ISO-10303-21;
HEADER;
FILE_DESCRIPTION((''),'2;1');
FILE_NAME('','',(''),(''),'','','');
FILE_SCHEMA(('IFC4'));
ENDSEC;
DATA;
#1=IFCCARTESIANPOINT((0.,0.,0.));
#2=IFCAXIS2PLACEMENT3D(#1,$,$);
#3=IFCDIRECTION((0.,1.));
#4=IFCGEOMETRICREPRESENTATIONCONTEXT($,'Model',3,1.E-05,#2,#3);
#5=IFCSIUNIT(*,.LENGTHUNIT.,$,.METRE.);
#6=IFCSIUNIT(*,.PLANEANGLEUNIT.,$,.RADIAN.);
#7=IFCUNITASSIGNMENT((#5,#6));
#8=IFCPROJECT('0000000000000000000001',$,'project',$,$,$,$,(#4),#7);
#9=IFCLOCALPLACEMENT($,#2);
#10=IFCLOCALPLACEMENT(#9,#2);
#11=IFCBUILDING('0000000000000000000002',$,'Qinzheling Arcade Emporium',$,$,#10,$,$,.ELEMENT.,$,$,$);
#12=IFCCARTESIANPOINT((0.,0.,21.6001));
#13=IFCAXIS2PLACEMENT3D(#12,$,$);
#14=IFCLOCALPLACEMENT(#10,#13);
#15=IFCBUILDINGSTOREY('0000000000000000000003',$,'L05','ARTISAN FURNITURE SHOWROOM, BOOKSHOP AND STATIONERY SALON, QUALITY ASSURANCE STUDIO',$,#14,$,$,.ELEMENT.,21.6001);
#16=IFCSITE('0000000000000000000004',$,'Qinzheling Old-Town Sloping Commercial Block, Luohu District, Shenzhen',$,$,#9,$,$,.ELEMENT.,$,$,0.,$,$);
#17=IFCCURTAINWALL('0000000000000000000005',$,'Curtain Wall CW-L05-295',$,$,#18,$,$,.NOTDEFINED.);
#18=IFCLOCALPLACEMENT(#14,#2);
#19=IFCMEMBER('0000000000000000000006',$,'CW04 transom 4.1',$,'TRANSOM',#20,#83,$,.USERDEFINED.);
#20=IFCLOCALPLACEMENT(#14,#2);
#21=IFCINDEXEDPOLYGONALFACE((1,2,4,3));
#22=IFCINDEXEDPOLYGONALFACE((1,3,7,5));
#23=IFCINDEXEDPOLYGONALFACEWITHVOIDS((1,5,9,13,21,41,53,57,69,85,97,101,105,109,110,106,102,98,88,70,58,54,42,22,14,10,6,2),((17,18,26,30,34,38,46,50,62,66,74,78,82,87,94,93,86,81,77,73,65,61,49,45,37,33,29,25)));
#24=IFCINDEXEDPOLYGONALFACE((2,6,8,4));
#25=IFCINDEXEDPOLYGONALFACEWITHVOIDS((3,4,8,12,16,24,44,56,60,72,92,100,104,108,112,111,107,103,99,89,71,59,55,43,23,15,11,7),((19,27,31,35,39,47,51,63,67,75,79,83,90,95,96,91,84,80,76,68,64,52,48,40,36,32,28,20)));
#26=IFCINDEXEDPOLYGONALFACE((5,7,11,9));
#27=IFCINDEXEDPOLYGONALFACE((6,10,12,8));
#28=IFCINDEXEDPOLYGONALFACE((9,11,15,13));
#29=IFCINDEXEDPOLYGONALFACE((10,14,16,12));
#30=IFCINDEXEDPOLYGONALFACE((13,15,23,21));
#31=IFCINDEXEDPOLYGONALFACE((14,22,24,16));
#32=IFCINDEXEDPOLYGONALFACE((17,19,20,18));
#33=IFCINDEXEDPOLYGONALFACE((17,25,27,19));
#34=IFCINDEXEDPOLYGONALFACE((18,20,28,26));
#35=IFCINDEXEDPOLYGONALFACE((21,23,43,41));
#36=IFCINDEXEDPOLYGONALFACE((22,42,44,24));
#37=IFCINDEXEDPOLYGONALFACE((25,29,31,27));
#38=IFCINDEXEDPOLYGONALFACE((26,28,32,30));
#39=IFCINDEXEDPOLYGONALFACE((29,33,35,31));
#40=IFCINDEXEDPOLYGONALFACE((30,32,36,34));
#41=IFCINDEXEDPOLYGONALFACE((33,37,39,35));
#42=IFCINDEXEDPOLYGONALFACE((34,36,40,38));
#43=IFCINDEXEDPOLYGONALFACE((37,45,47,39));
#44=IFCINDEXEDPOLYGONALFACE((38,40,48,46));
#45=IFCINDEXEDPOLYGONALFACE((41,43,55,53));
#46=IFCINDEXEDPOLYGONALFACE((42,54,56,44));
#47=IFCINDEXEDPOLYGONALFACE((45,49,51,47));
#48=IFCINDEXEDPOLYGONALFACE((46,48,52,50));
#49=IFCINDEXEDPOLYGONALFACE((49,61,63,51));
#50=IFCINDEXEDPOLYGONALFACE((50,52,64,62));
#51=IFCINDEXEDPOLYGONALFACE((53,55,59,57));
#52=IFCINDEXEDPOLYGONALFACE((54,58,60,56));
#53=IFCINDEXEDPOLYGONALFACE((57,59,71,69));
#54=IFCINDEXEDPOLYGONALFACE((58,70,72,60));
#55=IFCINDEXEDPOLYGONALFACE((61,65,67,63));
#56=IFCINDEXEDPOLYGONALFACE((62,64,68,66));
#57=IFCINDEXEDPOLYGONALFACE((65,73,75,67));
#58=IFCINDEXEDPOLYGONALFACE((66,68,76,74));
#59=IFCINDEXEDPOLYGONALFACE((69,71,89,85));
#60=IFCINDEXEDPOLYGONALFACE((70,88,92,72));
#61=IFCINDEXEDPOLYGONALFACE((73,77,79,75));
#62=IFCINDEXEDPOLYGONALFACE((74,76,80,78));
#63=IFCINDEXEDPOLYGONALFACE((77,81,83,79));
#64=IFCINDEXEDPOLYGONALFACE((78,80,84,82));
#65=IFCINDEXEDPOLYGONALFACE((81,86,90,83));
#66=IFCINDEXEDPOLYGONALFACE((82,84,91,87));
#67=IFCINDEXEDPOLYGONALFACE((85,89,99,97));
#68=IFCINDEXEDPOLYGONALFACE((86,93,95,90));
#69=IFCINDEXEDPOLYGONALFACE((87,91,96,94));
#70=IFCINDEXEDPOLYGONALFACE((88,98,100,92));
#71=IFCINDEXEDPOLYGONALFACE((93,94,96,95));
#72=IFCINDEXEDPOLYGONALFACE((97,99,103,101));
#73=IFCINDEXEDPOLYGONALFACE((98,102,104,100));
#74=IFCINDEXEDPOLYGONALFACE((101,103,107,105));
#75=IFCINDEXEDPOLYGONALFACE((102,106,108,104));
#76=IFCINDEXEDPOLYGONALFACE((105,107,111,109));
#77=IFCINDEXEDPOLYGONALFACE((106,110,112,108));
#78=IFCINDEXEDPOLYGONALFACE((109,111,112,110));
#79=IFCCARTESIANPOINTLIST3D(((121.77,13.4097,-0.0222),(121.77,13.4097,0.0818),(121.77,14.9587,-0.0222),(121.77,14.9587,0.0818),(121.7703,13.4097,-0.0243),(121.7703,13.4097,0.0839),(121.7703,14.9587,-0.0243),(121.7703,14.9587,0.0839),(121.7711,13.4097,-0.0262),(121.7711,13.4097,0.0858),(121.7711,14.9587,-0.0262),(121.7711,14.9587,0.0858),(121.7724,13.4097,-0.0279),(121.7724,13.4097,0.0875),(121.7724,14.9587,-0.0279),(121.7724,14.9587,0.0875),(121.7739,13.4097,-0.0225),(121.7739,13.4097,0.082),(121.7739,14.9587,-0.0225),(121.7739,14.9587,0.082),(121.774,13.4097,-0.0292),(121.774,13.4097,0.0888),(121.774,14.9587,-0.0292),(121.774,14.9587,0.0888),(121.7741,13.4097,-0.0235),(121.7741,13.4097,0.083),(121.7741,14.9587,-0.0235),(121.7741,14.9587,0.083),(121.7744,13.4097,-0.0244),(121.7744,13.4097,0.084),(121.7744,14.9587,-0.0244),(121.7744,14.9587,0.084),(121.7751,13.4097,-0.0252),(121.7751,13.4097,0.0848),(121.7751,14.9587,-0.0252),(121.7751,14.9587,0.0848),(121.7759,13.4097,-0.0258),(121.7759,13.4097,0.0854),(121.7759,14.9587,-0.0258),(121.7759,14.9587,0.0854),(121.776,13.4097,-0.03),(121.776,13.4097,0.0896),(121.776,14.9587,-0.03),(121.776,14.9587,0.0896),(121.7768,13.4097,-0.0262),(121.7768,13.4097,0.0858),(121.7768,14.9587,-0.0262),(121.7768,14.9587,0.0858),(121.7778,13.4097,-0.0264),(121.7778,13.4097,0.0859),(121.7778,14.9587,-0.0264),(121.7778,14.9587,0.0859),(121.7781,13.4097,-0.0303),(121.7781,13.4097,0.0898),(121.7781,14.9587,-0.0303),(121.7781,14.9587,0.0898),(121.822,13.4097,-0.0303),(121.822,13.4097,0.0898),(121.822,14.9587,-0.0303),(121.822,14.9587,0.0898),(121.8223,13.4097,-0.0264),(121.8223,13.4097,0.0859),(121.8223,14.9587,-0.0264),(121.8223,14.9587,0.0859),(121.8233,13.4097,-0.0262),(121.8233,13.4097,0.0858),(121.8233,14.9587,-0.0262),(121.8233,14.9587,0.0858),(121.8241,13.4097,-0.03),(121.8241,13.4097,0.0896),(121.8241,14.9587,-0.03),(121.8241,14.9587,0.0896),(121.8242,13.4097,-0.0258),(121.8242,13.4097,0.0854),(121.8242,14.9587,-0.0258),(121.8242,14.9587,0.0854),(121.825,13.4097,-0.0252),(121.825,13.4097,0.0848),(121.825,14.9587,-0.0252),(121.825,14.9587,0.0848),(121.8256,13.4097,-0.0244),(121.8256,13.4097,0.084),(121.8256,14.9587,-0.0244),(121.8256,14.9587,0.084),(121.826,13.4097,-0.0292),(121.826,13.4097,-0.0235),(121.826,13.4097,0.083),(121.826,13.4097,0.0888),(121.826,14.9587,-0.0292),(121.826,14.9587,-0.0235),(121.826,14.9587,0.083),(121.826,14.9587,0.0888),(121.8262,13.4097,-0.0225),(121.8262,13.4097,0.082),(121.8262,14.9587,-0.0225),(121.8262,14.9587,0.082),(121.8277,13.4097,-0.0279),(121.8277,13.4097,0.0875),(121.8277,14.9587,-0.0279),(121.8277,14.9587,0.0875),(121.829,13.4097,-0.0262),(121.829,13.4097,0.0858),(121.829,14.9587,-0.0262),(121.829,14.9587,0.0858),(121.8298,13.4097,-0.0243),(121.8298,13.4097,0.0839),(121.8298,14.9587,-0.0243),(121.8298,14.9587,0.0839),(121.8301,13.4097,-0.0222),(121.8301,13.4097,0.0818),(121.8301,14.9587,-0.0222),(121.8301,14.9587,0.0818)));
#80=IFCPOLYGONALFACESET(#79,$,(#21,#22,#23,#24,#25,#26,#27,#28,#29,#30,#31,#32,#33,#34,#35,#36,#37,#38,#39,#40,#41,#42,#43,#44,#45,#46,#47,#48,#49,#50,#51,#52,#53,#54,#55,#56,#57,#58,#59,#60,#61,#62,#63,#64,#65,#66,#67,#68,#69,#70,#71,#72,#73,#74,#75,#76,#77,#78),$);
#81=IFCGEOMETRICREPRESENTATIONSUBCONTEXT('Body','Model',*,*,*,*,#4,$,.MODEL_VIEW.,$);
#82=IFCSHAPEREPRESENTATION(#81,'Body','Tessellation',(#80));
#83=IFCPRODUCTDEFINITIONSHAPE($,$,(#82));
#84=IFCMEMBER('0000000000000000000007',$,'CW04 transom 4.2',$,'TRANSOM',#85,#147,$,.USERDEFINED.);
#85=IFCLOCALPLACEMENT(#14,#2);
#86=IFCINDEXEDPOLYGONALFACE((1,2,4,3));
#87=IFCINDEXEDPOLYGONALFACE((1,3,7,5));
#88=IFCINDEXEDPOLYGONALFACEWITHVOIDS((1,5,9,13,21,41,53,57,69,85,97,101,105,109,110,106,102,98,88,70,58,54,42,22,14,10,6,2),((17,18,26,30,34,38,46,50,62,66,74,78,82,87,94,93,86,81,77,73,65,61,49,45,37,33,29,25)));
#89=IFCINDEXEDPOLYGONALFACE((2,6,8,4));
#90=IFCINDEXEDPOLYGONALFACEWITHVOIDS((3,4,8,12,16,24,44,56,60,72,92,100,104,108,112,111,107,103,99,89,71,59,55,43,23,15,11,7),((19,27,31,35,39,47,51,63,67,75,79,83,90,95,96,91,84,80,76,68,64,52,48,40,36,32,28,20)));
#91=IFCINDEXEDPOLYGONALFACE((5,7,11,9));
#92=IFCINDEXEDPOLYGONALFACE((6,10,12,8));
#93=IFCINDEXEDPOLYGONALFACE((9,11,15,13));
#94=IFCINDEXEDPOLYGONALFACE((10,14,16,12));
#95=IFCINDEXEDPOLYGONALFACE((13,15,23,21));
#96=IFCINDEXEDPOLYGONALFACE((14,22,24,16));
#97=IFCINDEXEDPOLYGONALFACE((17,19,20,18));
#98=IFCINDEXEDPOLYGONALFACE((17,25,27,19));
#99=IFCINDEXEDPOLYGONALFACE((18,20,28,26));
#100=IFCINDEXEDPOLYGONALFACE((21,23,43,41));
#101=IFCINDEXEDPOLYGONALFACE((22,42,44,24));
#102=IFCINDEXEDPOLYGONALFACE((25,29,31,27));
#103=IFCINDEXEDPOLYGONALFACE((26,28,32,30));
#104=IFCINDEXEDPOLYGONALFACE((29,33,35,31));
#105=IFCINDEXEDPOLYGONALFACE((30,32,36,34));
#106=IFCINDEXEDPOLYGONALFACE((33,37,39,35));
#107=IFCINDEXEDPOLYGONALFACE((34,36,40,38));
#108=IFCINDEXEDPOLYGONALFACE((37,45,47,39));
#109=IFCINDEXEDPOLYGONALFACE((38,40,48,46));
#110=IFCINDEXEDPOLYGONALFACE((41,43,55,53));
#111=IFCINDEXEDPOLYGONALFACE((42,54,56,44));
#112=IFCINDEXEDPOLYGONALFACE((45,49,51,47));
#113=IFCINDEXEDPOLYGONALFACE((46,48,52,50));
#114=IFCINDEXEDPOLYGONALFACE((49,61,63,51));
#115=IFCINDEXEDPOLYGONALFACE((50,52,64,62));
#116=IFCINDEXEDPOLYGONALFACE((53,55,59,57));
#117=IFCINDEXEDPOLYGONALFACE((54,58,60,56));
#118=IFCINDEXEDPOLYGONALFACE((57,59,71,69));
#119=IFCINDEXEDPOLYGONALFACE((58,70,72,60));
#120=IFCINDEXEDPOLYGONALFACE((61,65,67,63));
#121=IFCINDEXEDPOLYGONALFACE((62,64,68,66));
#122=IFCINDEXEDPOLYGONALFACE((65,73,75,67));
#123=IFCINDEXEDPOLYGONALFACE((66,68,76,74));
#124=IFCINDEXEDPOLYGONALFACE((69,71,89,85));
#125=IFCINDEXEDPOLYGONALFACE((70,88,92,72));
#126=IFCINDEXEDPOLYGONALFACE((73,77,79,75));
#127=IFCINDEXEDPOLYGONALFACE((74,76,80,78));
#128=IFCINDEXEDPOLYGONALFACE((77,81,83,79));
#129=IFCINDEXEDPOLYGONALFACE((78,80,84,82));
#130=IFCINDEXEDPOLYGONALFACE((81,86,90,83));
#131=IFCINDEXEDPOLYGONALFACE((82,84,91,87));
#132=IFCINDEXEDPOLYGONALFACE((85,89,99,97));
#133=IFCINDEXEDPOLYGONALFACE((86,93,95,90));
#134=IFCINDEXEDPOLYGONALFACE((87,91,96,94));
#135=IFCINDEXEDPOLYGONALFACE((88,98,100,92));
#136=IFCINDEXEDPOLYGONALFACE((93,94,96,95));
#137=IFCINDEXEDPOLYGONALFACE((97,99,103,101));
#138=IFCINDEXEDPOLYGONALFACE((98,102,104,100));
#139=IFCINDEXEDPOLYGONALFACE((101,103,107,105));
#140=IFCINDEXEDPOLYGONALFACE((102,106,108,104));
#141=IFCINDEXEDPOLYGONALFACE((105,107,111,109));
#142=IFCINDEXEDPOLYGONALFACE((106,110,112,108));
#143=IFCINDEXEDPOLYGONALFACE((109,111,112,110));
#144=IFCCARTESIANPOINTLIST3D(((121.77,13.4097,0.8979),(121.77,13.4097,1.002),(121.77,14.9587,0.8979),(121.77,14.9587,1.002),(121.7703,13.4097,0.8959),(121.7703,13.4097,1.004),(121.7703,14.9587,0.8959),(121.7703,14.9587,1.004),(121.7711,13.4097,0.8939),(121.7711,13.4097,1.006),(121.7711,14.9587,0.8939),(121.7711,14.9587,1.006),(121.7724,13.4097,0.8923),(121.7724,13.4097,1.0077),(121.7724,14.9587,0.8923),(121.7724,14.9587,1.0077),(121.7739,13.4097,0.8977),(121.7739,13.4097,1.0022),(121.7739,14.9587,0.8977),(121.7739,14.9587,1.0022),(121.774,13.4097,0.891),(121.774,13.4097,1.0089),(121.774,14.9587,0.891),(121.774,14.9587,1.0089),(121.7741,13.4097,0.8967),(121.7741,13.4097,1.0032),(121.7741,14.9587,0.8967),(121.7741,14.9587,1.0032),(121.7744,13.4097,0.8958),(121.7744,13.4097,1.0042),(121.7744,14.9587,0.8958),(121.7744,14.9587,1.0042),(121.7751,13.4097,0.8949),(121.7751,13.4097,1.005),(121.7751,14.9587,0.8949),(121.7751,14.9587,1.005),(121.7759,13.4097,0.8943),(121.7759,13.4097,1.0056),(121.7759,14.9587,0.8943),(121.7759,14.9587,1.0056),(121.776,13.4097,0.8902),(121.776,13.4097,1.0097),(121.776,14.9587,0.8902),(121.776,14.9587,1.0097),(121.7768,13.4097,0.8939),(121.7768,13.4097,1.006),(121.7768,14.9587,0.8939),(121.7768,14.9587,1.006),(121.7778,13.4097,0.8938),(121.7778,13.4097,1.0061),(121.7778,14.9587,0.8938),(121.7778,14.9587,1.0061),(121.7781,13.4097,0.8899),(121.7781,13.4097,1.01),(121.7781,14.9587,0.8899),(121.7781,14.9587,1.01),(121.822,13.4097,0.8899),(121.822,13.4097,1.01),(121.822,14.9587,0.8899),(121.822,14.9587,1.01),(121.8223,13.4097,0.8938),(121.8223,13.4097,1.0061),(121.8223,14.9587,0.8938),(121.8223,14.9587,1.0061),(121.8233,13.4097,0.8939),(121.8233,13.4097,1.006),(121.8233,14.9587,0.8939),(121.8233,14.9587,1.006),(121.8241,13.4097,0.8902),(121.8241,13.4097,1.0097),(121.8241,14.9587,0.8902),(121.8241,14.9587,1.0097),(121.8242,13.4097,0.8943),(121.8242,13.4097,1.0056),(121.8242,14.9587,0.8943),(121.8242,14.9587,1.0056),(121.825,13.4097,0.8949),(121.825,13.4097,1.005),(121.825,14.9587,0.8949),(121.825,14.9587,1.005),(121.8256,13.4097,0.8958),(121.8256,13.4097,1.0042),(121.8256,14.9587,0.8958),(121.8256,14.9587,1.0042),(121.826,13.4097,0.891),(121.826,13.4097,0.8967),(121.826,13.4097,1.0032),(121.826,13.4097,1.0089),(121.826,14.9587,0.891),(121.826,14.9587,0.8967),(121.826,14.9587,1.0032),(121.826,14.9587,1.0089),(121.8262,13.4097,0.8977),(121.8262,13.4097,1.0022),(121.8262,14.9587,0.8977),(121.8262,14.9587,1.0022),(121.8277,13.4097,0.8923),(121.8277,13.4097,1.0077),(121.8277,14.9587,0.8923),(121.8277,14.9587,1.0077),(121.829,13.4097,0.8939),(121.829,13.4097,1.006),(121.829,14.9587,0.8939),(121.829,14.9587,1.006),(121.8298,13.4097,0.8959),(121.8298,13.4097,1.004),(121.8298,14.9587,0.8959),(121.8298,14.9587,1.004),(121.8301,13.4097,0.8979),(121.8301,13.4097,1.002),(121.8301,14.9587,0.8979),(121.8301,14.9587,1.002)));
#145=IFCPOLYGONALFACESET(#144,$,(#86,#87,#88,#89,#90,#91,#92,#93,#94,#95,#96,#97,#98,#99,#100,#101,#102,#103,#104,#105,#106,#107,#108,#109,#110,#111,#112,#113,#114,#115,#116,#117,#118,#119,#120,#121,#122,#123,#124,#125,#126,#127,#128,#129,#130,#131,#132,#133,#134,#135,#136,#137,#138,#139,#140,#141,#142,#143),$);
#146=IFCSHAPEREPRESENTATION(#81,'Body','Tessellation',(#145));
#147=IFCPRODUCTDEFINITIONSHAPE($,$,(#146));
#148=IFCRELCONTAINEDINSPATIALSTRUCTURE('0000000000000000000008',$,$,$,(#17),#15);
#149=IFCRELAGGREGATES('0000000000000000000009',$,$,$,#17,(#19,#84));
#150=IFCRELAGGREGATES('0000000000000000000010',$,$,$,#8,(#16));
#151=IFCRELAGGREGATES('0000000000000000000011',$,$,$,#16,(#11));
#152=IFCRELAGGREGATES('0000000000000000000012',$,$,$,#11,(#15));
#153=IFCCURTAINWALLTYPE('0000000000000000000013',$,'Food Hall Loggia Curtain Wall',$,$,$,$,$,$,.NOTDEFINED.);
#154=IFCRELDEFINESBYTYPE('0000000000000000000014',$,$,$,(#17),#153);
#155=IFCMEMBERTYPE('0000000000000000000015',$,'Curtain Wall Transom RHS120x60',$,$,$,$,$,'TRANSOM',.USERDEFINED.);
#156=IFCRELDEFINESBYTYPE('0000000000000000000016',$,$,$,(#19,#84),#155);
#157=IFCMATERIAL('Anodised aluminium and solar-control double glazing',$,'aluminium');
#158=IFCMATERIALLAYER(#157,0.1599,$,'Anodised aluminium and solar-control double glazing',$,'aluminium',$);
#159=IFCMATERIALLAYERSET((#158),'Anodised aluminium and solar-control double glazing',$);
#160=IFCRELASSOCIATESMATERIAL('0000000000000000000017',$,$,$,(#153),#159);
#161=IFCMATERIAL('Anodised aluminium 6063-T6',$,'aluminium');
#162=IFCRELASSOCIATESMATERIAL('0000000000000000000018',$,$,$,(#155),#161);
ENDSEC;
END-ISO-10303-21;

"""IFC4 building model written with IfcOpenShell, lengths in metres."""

from ifc_helpers import new_model, si_unit, direction, frame, origin, origin_2d, place, context, subcontext, project, spatial, hollow_rectangle, extrude, material, layer, layer_set, material_profile, profile_set, type_object, element, aggregate, save


model = new_model("IFC4")

# Units and contexts
model_context = context("Model", 3, precision=1e-05, world=origin(), true_north=direction((0.0, 1.0)))
body_context = subcontext(model_context, "Body", "Model", "MODEL_VIEW")
ifc_project = project(units=[si_unit("LENGTHUNIT", "METRE"), si_unit("PLANEANGLEUNIT", "RADIAN")], contexts=[model_context])

# Site, building, storey
site_placement = place(None, origin())
site = spatial("IfcSite", under=ifc_project, at=site_placement, Name="Qinzheling Old-Town Sloping Commercial Block, Luohu District, Shenzhen", CompositionType="ELEMENT", RefElevation=0.0)
building_placement = place(site_placement, origin())
building = spatial("IfcBuilding", under=site, at=building_placement, Name="Qinzheling Arcade Emporium", CompositionType="ELEMENT")
storey_placement = place(building_placement, frame((0.0, 0.0, 21.6001)))
storey = spatial("IfcBuildingStorey", under=building, at=storey_placement, Name="L05", Description="ARTISAN FURNITURE SHOWROOM, BOOKSHOP AND STATIONERY SALON, QUALITY ASSURANCE STUDIO", CompositionType="ELEMENT", Elevation=21.6001)

# Curtain wall, members
ifc_material_1 = material(Name="Anodised aluminium and solar-control double glazing", Category="aluminium")
ifc_layer_1 = layer(ifc_material_1, 0.1599, Name="Anodised aluminium and solar-control double glazing", Category="aluminium")
ifc_layer_set_1 = layer_set([ifc_layer_1], Name="Anodised aluminium and solar-control double glazing")
curtain_wall_type = type_object("IfcCurtainWallType", Name="Food Hall Loggia Curtain Wall", PredefinedType="NOTDEFINED", material=ifc_layer_set_1)
curtain_wall_placement = place(storey_placement, origin())
curtain_wall = element("IfcCurtainWall", 1, at=curtain_wall_placement, inside=storey, type_object=curtain_wall_type, Name="Curtain Wall CW-L05-295", PredefinedType="NOTDEFINED")
ifc_material_2 = material(Name="Anodised aluminium 6063-T6", Category="aluminium")
ifc_material_profile_1 = material_profile(ifc_material_2, hollow_rectangle(XDim=0.0601, YDim=0.1201, WallThickness=0.0039, InnerFilletRadius=0.0039, OuterFilletRadius=0.0081, at=origin_2d()), Name="RHS 120x60x4", Category="aluminium")
ifc_profile_set_1 = profile_set([ifc_material_profile_1], Name="Anodised aluminium 6063-T6")
member_type_1 = type_object("IfcMemberType", Name="Curtain Wall Transom RHS120x60", ElementType="TRANSOM", PredefinedType="USERDEFINED", material=ifc_profile_set_1)
member_1_placement = place(storey_placement, frame((121.8, 13.4097, 0.0298), z_axis=(0.0, 1.0, 0.0), x_axis=(-1.0, 0.0, 0.0)))
member_1 = element("IfcMember", 2, at=member_1_placement, type_object=member_type_1, Name="CW04 transom 4.1", ObjectType="TRANSOM", PredefinedType="USERDEFINED", context=body_context, shape_type="SweptSolid", body=[
    extrude(hollow_rectangle(XDim=0.0601, YDim=0.1201, WallThickness=0.0039, InnerFilletRadius=0.0039, OuterFilletRadius=0.0081, at=origin_2d()), origin(), (0.0, 0.0, 1.0), 1.5491),
])
member_2_placement = place(storey_placement, frame((121.8, 13.4097, 0.95), z_axis=(0.0, 1.0, 0.0), x_axis=(-1.0, 0.0, 0.0)))
member_2 = element("IfcMember", 3, at=member_2_placement, type_object=member_type_1, Name="CW04 transom 4.2", ObjectType="TRANSOM", PredefinedType="USERDEFINED", context=body_context, shape_type="SweptSolid", body=[
    extrude(hollow_rectangle(XDim=0.0601, YDim=0.1201, WallThickness=0.0039, InnerFilletRadius=0.0039, OuterFilletRadius=0.0081, at=origin_2d()), origin(), (0.0, 0.0, 1.0), 1.5491),
])

aggregate(curtain_wall, [member_1, member_2])

save(model, "model.ifc")
